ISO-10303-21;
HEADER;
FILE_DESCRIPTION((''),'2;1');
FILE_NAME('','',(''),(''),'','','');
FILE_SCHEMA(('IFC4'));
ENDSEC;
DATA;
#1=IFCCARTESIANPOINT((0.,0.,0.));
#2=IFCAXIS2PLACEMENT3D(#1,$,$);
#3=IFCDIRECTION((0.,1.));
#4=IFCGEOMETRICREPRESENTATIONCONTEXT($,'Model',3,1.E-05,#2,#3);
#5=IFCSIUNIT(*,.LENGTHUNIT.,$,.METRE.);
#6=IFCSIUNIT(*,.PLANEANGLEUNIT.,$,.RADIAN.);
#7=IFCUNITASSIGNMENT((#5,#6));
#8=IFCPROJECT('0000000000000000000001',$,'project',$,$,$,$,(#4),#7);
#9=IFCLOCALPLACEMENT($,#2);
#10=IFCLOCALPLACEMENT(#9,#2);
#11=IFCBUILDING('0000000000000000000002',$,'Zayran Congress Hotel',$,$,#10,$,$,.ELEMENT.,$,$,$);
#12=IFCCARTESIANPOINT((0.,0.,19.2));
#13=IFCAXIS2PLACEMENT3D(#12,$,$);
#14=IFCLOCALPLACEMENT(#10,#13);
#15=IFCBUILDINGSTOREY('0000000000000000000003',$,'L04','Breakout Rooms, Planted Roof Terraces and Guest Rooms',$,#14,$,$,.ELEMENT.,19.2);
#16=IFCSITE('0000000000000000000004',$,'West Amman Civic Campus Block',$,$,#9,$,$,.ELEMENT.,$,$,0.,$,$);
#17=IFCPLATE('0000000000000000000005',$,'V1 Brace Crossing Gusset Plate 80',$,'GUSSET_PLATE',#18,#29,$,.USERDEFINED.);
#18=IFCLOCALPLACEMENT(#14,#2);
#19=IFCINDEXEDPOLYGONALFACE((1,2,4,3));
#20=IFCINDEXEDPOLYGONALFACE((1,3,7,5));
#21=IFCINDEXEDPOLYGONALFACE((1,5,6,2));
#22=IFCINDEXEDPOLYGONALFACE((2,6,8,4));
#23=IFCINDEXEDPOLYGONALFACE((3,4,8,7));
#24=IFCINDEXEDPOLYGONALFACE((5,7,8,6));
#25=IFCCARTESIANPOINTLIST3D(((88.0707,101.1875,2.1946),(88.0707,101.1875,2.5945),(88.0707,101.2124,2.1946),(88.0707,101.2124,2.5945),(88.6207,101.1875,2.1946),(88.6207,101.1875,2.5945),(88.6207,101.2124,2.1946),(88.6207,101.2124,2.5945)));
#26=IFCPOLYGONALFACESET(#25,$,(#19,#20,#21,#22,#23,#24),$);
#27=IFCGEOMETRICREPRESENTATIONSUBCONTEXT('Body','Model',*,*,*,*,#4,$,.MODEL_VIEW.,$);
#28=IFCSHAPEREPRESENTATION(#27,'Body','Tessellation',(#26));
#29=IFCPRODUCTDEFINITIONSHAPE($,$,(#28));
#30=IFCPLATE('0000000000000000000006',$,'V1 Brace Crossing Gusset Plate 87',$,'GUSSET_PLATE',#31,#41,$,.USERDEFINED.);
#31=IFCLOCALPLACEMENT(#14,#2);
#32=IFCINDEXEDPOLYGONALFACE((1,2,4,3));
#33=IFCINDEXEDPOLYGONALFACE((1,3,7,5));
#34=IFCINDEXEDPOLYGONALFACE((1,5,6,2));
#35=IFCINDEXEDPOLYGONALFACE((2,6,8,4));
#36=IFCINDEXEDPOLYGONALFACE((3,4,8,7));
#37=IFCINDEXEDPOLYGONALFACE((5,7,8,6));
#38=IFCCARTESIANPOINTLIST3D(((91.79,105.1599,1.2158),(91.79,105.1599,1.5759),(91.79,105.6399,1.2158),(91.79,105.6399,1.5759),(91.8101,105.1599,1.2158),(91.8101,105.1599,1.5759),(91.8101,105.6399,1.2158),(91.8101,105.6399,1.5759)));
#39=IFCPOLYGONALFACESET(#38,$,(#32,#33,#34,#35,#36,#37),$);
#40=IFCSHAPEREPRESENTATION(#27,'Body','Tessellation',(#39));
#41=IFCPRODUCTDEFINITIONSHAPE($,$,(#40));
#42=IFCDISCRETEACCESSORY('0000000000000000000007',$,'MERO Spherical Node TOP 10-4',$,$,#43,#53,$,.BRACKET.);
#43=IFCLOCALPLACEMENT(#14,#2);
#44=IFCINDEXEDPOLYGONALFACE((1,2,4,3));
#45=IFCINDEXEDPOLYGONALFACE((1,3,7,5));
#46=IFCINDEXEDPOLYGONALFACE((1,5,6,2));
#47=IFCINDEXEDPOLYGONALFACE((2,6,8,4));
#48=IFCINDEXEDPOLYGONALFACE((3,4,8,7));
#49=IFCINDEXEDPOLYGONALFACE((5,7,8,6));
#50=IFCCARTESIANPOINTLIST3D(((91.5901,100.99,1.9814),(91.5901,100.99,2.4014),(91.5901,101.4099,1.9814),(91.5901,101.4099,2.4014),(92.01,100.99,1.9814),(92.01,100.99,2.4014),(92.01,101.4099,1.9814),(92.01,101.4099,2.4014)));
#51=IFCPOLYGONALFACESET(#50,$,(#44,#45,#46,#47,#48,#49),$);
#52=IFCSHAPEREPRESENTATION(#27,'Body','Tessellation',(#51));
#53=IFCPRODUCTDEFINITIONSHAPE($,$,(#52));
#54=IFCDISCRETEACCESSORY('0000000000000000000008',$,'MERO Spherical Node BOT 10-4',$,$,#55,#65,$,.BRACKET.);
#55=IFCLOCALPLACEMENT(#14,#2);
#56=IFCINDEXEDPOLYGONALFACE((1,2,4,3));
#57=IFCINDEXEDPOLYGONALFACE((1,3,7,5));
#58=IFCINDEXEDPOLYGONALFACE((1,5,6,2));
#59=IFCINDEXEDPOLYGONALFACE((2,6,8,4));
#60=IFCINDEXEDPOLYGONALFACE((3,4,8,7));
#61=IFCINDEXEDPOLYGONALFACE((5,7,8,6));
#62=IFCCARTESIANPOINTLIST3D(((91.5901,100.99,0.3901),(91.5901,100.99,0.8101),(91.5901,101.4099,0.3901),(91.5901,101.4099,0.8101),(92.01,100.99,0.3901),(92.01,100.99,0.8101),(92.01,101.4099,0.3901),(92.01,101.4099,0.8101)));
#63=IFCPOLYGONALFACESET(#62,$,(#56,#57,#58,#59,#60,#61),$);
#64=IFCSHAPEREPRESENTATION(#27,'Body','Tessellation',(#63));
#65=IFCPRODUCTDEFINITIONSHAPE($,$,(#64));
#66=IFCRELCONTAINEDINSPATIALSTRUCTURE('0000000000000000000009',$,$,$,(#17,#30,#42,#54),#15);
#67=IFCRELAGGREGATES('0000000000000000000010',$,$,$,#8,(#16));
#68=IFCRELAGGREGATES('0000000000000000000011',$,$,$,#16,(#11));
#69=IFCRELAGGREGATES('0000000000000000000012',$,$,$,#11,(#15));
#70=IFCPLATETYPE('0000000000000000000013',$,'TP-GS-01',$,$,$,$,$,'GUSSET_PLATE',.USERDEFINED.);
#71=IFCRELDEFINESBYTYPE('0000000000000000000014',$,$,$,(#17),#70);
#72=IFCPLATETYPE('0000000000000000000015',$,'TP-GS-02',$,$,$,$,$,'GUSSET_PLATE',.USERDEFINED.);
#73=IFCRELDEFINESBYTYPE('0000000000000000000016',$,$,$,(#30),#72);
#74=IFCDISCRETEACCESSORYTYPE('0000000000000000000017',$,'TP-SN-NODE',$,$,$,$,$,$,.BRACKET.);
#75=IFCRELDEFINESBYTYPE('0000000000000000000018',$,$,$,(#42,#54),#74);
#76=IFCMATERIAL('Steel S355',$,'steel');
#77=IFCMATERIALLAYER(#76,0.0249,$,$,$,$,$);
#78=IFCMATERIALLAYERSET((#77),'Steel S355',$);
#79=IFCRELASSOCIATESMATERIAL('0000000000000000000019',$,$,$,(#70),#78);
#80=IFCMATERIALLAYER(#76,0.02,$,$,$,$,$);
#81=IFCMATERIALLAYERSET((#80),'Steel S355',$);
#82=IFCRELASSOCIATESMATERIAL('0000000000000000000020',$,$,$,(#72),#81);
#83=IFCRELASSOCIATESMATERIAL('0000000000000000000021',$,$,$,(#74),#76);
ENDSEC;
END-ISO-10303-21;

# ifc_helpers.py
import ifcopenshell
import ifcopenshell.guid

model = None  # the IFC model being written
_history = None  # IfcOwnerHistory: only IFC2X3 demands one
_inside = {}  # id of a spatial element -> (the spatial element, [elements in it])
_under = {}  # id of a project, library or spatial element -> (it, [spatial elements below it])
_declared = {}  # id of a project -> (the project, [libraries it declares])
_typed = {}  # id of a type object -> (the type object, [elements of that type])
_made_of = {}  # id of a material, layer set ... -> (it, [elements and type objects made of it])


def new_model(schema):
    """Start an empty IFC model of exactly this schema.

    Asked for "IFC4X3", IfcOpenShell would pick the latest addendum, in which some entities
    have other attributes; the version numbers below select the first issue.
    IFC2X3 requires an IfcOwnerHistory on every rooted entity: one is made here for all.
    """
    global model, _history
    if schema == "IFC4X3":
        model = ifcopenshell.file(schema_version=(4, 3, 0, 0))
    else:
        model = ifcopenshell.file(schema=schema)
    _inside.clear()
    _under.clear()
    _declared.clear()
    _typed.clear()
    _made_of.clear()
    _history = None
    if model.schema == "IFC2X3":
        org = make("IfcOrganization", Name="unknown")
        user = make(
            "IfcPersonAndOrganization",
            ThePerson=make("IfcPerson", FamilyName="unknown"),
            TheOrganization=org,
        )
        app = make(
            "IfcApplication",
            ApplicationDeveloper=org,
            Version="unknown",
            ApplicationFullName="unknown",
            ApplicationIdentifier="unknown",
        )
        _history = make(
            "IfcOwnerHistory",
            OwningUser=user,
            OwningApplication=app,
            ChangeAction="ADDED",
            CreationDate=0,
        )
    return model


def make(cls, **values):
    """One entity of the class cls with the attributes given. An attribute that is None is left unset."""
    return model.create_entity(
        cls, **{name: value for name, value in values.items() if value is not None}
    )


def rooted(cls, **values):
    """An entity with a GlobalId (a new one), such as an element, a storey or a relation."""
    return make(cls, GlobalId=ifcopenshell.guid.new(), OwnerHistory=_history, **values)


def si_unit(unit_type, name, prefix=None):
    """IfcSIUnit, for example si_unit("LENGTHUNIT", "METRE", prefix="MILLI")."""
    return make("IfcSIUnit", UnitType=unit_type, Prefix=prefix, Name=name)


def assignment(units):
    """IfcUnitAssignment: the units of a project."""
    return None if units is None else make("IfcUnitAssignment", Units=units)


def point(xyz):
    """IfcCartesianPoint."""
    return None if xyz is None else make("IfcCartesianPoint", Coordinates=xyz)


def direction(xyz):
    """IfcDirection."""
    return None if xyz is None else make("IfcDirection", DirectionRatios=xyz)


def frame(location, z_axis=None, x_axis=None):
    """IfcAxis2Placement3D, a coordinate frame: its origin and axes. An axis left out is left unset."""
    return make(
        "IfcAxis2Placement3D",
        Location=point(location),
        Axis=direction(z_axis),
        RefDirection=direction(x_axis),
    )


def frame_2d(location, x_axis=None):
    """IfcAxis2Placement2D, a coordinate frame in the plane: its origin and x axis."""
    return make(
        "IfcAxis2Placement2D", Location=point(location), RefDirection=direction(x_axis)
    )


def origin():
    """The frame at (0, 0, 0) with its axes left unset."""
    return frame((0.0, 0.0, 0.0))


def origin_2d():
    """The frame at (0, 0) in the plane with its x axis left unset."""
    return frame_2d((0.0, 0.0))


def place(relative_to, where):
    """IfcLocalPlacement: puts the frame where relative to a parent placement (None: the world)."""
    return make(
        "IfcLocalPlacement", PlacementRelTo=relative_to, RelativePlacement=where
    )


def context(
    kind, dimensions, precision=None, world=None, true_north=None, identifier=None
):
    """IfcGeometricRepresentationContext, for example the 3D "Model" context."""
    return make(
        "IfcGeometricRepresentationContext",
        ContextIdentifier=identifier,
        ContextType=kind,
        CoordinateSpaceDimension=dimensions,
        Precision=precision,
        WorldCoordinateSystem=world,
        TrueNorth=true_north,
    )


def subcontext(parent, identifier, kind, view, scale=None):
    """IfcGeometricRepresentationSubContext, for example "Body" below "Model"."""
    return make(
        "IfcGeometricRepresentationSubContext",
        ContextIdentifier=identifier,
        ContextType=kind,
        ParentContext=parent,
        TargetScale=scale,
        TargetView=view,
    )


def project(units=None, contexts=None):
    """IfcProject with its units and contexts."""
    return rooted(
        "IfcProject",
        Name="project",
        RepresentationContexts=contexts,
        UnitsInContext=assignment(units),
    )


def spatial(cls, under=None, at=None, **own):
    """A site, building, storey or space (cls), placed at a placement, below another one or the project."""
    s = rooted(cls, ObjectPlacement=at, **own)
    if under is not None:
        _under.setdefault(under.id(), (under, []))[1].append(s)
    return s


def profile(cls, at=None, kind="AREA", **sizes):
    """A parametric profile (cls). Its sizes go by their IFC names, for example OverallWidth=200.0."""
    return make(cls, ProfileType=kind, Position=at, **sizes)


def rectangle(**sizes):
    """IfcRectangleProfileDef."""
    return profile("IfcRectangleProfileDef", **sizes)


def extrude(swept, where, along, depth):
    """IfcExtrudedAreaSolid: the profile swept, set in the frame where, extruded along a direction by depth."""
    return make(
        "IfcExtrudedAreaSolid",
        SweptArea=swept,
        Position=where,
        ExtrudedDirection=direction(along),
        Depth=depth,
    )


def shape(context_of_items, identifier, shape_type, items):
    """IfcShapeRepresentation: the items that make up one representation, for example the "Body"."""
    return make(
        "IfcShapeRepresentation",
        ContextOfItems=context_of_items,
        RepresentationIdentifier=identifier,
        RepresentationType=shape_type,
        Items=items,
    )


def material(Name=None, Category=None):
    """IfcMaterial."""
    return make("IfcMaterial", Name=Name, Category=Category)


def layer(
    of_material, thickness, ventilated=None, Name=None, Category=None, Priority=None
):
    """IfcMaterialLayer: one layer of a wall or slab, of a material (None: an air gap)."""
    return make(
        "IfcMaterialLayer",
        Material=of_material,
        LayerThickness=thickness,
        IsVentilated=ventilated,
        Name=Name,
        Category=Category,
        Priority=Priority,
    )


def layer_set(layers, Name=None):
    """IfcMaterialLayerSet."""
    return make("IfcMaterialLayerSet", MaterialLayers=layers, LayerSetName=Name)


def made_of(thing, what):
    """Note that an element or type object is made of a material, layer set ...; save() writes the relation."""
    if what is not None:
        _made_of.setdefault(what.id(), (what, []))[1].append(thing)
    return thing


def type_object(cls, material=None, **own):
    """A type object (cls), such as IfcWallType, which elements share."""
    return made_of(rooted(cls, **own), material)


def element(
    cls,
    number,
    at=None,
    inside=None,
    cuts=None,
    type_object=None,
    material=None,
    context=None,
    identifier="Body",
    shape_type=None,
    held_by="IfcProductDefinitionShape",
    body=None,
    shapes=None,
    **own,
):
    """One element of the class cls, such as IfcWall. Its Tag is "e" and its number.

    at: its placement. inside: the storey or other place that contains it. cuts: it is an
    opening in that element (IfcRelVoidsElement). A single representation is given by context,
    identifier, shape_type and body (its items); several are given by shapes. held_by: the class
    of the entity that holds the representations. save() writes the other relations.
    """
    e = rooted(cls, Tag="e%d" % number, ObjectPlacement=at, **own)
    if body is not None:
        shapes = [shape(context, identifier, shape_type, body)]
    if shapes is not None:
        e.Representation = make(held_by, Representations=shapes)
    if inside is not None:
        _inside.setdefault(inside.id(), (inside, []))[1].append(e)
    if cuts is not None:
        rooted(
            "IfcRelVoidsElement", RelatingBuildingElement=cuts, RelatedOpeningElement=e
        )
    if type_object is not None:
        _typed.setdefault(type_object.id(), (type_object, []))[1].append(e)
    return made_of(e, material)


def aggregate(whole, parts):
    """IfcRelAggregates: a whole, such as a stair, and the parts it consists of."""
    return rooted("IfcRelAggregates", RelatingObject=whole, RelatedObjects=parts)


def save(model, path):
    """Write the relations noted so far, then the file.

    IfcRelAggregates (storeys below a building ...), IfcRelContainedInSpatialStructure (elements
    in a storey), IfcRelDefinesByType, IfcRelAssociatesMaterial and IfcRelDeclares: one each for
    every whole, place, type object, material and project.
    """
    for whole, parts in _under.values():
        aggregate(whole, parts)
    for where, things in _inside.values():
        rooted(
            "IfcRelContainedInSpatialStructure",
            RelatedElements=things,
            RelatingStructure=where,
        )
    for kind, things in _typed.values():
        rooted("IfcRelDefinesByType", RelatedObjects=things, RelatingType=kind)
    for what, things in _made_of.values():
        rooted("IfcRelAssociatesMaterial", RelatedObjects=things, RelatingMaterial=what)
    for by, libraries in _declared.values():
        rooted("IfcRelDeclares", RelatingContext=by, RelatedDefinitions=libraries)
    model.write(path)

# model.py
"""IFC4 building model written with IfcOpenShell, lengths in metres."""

from ifc_helpers import new_model, si_unit, direction, frame, origin, origin_2d, place, context, subcontext, project, spatial, rectangle, extrude, material, layer, layer_set, type_object, element, save


model = new_model("IFC4")

# Units and contexts
model_context = context("Model", 3, precision=1e-05, world=origin(), true_north=direction((0.0, 1.0)))
body_context = subcontext(model_context, "Body", "Model", "MODEL_VIEW")
ifc_project = project(units=[si_unit("LENGTHUNIT", "METRE"), si_unit("PLANEANGLEUNIT", "RADIAN")], contexts=[model_context])

# Site, building, storey
site_placement = place(None, origin())
site = spatial("IfcSite", under=ifc_project, at=site_placement, Name="West Amman Civic Campus Block", CompositionType="ELEMENT", RefElevation=0.0)
building_placement = place(site_placement, origin())
building = spatial("IfcBuilding", under=site, at=building_placement, Name="Zayran Congress Hotel", CompositionType="ELEMENT")
storey_placement = place(building_placement, frame((0.0, 0.0, 19.2)))
storey = spatial("IfcBuildingStorey", under=building, at=storey_placement, Name="L04", Description="Breakout Rooms, Planted Roof Terraces and Guest Rooms", CompositionType="ELEMENT", Elevation=19.2)

# Shared definitions
ifc_material = material(Name="Steel S355", Category="steel")

# Plates
ifc_layer_1 = layer(ifc_material, 0.0249)
ifc_layer_set_1 = layer_set([ifc_layer_1], Name="Steel S355")
plate_type_1 = type_object("IfcPlateType", Name="TP-GS-01", ElementType="GUSSET_PLATE", PredefinedType="USERDEFINED", material=ifc_layer_set_1)
plate_1_placement = place(storey_placement, frame((88.3457, 101.2, 2.1946), z_axis=(0.0, 0.0, 1.0), x_axis=(1.0, 0.0, 0.0)))
element("IfcPlate", 1, at=plate_1_placement, inside=storey, type_object=plate_type_1, Name="V1 Brace Crossing Gusset Plate 80", ObjectType="GUSSET_PLATE", PredefinedType="USERDEFINED", context=body_context, shape_type="SweptSolid", body=[
    extrude(rectangle(XDim=0.55, YDim=0.0249, at=origin_2d()), origin(), (0.0, 0.0, 1.0), 0.3999),
])
ifc_layer_2 = layer(ifc_material, 0.02)
ifc_layer_set_2 = layer_set([ifc_layer_2], Name="Steel S355")
plate_type_2 = type_object("IfcPlateType", Name="TP-GS-02", ElementType="GUSSET_PLATE", PredefinedType="USERDEFINED", material=ifc_layer_set_2)
plate_2_placement = place(storey_placement, frame((91.8, 105.3999, 1.2158), z_axis=(0.0, 0.0, 1.0), x_axis=(0.0, 1.0, 0.0)))
element("IfcPlate", 2, at=plate_2_placement, inside=storey, type_object=plate_type_2, Name="V1 Brace Crossing Gusset Plate 87", ObjectType="GUSSET_PLATE", PredefinedType="USERDEFINED", context=body_context, shape_type="SweptSolid", body=[
    extrude(rectangle(XDim=0.48, YDim=0.02, at=origin_2d()), origin(), (0.0, 0.0, 1.0), 0.3601),
])

# Discrete accessories
discrete_accessory_type = type_object("IfcDiscreteAccessoryType", Name="TP-SN-NODE", PredefinedType="BRACKET", material=ifc_material)
for number, where, z_axis, x_axis, name in (
    (3, (91.8, 101.2, 1.9814), (0.0, 0.0, 1.0), (1.0, 0.0, 0.0), "MERO Spherical Node TOP 10-4"),
    (4, (91.8, 101.2, 0.3901), (0.0, 0.0, 1.0), (1.0, 0.0, 0.0), "MERO Spherical Node BOT 10-4"),
):
    element("IfcDiscreteAccessory", number, at=place(storey_placement, frame(where, z_axis=z_axis, x_axis=x_axis)), inside=storey, type_object=discrete_accessory_type, Name=name, PredefinedType="BRACKET", context=body_context, shape_type="SweptSolid", body=[
        extrude(rectangle(XDim=0.4199, YDim=0.4199, at=origin_2d()), origin(), (0.0, 0.0, 1.0), 0.4199),
    ])

save(model, "model.ifc")
